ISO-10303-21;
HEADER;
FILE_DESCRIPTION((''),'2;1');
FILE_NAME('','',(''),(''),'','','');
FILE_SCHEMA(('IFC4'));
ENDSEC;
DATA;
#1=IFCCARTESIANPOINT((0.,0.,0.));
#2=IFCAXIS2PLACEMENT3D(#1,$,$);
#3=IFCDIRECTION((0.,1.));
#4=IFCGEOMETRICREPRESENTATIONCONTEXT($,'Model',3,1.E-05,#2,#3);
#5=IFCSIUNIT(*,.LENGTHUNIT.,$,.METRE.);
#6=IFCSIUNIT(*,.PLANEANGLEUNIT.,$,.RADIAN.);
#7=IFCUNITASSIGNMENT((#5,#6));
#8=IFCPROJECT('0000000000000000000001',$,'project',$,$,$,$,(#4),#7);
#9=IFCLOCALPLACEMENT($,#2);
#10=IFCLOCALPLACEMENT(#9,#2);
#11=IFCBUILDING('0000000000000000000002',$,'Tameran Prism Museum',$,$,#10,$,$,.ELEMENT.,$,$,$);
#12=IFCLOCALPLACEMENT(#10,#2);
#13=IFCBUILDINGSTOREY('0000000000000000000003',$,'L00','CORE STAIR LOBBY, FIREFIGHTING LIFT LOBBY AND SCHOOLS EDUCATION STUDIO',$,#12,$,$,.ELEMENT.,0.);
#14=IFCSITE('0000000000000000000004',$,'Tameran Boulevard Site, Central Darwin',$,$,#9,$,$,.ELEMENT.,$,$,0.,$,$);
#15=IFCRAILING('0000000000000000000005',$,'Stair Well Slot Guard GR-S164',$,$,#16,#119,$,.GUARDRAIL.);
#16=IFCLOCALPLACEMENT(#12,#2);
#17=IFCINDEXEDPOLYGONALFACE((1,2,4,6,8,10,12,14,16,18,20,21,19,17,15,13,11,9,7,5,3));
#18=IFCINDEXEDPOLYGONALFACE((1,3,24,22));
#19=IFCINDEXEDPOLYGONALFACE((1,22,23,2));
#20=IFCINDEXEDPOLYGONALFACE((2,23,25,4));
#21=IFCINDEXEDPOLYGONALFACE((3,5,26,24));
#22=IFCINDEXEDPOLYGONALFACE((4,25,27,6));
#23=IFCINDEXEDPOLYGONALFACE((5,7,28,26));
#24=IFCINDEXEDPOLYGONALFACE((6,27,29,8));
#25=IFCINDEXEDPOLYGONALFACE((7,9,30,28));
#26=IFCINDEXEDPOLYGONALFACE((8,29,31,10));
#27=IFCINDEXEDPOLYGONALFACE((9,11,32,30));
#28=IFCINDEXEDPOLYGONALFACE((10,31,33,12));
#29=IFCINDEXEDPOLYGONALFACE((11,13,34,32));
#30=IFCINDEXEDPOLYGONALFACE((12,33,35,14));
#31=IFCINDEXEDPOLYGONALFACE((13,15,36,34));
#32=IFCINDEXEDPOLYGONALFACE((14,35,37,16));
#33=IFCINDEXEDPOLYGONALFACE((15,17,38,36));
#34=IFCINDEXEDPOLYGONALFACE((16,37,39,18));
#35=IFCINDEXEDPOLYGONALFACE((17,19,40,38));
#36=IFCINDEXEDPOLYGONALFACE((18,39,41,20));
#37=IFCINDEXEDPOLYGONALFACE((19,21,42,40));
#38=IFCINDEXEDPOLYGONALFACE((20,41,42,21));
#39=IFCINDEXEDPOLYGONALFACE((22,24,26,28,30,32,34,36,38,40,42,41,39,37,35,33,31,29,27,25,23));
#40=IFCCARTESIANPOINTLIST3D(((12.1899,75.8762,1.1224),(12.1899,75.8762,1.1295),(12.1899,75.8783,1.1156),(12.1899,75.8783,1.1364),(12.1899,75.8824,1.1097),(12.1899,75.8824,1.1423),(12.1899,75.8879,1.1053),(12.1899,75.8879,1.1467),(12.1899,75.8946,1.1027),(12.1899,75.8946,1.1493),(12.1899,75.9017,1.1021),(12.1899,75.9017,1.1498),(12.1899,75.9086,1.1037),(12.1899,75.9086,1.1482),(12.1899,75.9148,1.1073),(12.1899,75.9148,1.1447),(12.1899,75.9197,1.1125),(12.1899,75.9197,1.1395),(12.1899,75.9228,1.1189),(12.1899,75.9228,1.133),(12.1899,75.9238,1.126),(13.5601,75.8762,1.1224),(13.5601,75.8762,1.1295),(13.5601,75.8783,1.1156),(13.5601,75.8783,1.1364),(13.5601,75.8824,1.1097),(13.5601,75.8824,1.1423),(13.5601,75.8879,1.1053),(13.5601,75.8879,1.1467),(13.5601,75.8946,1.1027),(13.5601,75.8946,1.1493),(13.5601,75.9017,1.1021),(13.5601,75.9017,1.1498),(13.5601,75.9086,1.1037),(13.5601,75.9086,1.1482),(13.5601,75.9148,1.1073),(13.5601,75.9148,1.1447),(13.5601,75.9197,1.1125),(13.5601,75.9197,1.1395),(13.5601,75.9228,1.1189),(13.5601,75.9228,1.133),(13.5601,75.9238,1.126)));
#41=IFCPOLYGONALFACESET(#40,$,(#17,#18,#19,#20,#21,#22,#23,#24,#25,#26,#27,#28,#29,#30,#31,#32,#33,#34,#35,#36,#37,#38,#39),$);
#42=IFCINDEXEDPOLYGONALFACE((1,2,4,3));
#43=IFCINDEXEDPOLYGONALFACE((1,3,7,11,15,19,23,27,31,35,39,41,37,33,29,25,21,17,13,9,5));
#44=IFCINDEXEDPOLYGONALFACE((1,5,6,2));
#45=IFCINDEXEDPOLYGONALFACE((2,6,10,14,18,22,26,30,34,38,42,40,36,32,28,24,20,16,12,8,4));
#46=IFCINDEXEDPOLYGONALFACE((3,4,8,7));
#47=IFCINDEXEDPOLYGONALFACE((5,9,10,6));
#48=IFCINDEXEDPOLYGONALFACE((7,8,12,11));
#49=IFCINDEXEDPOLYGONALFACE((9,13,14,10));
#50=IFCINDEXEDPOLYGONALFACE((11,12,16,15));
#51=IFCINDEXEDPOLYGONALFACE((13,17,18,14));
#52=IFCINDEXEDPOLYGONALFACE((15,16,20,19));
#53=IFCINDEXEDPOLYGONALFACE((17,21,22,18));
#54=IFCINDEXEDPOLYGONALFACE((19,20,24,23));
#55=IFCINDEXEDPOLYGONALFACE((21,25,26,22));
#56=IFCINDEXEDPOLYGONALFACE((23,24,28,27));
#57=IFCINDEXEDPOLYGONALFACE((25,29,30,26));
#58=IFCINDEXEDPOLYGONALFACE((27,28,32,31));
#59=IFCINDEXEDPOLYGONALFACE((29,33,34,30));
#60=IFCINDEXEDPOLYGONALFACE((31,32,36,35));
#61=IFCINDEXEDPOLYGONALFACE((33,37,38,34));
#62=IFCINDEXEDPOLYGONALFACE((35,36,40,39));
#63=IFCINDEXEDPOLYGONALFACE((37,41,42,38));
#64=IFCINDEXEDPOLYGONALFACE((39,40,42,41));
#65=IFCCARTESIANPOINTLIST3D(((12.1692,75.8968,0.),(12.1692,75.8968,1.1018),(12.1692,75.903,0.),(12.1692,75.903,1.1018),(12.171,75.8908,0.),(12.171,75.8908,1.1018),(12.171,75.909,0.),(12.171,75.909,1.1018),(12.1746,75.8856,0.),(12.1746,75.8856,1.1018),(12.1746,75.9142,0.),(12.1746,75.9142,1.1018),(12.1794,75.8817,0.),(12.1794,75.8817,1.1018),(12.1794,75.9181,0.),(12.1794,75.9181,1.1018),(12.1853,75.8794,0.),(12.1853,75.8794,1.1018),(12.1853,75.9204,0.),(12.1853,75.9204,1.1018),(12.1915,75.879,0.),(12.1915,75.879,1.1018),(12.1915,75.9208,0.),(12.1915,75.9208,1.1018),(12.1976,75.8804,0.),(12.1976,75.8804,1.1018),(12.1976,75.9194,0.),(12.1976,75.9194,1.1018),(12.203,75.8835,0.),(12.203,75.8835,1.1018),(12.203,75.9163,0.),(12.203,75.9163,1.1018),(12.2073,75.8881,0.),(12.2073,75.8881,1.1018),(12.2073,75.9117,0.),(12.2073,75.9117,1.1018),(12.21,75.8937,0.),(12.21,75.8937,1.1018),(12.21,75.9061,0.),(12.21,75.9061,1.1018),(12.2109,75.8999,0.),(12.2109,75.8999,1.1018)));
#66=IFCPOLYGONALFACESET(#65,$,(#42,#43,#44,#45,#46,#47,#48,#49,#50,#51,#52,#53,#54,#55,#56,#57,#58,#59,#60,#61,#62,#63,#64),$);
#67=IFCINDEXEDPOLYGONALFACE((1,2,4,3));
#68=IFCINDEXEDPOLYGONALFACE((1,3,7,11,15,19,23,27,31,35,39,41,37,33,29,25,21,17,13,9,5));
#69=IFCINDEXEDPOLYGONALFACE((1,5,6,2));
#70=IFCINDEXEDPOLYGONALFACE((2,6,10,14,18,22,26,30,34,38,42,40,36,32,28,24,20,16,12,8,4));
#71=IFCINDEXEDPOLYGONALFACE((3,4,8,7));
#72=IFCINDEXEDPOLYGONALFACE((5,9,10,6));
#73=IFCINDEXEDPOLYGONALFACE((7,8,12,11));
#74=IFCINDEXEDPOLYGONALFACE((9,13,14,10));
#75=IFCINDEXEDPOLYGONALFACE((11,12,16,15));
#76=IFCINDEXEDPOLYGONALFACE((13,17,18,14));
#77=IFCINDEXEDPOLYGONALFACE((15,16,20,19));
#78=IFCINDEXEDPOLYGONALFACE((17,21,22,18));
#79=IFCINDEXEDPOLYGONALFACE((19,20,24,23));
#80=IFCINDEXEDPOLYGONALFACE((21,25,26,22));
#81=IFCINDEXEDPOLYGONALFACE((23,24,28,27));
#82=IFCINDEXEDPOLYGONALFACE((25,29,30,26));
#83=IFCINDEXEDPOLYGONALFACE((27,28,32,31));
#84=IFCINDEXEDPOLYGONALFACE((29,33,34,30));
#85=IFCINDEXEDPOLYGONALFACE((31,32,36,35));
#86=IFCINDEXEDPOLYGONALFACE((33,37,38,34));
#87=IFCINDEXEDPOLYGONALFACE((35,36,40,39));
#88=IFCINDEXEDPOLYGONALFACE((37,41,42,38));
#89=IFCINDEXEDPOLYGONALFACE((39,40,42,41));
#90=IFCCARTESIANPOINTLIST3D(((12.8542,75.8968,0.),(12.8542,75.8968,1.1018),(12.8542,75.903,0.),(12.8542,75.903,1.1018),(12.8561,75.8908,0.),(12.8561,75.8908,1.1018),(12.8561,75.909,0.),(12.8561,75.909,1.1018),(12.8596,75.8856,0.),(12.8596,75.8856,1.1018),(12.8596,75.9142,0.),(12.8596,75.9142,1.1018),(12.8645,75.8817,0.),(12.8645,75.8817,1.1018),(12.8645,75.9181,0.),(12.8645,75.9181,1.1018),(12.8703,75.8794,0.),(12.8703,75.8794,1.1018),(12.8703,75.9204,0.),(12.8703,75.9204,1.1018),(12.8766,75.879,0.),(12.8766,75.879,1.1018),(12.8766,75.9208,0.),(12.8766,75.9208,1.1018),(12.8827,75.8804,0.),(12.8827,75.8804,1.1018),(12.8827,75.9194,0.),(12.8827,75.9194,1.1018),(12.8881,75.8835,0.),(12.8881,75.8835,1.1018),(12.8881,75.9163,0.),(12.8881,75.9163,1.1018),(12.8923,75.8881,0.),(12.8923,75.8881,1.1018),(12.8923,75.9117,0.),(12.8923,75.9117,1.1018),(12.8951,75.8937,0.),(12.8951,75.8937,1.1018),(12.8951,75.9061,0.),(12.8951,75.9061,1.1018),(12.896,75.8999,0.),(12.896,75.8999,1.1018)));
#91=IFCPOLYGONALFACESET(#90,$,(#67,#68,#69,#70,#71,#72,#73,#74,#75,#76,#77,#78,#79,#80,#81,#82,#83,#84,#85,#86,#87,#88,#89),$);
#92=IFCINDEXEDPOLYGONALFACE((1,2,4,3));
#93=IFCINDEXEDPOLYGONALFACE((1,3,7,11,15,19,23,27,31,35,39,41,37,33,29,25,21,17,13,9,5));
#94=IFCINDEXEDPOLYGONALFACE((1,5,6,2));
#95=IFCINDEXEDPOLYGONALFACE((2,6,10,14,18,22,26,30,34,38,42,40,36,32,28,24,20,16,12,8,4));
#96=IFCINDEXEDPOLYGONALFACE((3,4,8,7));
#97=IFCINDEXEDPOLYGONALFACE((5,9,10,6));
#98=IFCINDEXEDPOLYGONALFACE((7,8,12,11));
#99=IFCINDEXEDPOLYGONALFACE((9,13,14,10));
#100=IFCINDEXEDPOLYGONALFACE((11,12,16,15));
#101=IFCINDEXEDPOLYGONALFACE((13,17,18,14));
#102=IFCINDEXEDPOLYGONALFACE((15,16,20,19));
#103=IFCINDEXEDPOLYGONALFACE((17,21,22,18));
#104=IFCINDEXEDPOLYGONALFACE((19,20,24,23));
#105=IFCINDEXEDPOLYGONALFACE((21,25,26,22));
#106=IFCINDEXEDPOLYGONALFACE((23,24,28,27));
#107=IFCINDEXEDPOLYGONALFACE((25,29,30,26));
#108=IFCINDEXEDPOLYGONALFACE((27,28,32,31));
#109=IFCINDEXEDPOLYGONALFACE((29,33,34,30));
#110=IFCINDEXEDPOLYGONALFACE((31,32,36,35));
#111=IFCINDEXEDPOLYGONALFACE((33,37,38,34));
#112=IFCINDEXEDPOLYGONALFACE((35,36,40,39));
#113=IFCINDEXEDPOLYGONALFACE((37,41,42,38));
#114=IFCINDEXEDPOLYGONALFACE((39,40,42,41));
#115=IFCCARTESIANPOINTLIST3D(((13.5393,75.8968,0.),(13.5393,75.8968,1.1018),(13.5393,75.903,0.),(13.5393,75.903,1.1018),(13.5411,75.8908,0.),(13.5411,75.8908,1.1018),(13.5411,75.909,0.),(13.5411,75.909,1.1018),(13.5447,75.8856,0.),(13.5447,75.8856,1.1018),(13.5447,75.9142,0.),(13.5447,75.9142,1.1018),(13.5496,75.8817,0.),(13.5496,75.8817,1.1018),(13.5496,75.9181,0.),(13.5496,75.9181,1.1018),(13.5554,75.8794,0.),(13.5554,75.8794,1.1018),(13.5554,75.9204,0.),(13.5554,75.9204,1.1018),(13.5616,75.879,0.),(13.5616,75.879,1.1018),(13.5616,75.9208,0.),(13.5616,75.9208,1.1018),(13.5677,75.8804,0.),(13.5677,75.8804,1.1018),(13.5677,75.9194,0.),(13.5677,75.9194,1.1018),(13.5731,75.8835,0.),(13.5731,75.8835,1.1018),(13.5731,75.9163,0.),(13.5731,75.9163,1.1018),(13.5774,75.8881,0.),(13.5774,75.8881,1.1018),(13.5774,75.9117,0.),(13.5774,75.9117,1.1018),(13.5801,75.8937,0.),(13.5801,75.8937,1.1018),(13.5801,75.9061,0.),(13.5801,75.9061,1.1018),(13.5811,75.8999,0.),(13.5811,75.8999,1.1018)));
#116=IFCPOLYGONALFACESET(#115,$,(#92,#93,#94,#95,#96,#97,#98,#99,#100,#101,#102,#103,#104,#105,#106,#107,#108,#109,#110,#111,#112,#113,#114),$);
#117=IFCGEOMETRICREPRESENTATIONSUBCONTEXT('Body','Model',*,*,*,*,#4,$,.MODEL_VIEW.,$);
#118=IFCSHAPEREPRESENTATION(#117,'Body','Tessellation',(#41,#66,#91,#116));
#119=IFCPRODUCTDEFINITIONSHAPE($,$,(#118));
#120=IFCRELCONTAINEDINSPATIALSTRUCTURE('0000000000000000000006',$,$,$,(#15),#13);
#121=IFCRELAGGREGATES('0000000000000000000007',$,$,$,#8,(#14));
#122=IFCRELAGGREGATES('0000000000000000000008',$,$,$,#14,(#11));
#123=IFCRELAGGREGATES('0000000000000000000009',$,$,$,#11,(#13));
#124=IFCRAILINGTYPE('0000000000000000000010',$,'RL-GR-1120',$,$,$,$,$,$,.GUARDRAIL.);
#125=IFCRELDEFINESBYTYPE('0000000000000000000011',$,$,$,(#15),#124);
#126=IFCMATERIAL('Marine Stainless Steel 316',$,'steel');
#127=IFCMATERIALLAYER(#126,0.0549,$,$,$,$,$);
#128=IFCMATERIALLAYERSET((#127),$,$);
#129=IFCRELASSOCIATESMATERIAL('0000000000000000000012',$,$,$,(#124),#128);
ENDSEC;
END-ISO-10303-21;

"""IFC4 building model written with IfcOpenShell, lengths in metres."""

from ifc_helpers import new_model, si_unit, direction, frame, origin, origin_2d, place, context, subcontext, project, spatial, circle, extrude, material, layer, layer_set, type_object, element, save


model = new_model("IFC4")

# Units and contexts
model_context = context("Model", 3, precision=1e-05, world=origin(), true_north=direction((0.0, 1.0)))
body_context = subcontext(model_context, "Body", "Model", "MODEL_VIEW")
ifc_project = project(units=[si_unit("LENGTHUNIT", "METRE"), si_unit("PLANEANGLEUNIT", "RADIAN")], contexts=[model_context])

# Site, building, storey
site_placement = place(None, origin())
site = spatial("IfcSite", under=ifc_project, at=site_placement, Name="Tameran Boulevard Site, Central Darwin", CompositionType="ELEMENT", RefElevation=0.0)
building_placement = place(site_placement, origin())
building = spatial("IfcBuilding", under=site, at=building_placement, Name="Tameran Prism Museum", CompositionType="ELEMENT")
storey_placement = place(building_placement, origin())
storey = spatial("IfcBuildingStorey", under=building, at=storey_placement, Name="L00", Description="CORE STAIR LOBBY, FIREFIGHTING LIFT LOBBY AND SCHOOLS EDUCATION STUDIO", CompositionType="ELEMENT", Elevation=0.0)

# Railing
ifc_material_1 = material(Name="Marine Stainless Steel 316", Category="steel")
ifc_layer_1 = layer(ifc_material_1, 0.0549)
ifc_layer_set_1 = layer_set([ifc_layer_1])
railing_type_1 = type_object("IfcRailingType", Name="RL-GR-1120", PredefinedType="GUARDRAIL", material=ifc_layer_set_1)
railing_1_placement = place(storey_placement, frame((12.1899, 75.8999, 0.0)))
element("IfcRailing", 1, at=railing_1_placement, inside=storey, type_object=railing_type_1, Name="Stair Well Slot Guard GR-S164", PredefinedType="GUARDRAIL", context=body_context, shape_type="SweptSolid", body=[
    extrude(circle(Radius=0.0239, at=origin_2d()), frame((0.0, 0.0, 1.126), z_axis=(1.0, 0.0, 0.0), x_axis=(0.0, 1.0, 0.0)), (0.0, 0.0, 1.0), 1.3701),
    extrude(circle(Radius=0.021, at=origin_2d()), origin(), (0.0, 0.0, 1.0), 1.1018),
    extrude(circle(Radius=0.021, at=origin_2d()), frame((0.6851, 0.0, 0.0)), (0.0, 0.0, 1.0), 1.1018),
    extrude(circle(Radius=0.021, at=origin_2d()), frame((1.3701, 0.0, 0.0)), (0.0, 0.0, 1.0), 1.1018),
])

save(model, "model.ifc")
